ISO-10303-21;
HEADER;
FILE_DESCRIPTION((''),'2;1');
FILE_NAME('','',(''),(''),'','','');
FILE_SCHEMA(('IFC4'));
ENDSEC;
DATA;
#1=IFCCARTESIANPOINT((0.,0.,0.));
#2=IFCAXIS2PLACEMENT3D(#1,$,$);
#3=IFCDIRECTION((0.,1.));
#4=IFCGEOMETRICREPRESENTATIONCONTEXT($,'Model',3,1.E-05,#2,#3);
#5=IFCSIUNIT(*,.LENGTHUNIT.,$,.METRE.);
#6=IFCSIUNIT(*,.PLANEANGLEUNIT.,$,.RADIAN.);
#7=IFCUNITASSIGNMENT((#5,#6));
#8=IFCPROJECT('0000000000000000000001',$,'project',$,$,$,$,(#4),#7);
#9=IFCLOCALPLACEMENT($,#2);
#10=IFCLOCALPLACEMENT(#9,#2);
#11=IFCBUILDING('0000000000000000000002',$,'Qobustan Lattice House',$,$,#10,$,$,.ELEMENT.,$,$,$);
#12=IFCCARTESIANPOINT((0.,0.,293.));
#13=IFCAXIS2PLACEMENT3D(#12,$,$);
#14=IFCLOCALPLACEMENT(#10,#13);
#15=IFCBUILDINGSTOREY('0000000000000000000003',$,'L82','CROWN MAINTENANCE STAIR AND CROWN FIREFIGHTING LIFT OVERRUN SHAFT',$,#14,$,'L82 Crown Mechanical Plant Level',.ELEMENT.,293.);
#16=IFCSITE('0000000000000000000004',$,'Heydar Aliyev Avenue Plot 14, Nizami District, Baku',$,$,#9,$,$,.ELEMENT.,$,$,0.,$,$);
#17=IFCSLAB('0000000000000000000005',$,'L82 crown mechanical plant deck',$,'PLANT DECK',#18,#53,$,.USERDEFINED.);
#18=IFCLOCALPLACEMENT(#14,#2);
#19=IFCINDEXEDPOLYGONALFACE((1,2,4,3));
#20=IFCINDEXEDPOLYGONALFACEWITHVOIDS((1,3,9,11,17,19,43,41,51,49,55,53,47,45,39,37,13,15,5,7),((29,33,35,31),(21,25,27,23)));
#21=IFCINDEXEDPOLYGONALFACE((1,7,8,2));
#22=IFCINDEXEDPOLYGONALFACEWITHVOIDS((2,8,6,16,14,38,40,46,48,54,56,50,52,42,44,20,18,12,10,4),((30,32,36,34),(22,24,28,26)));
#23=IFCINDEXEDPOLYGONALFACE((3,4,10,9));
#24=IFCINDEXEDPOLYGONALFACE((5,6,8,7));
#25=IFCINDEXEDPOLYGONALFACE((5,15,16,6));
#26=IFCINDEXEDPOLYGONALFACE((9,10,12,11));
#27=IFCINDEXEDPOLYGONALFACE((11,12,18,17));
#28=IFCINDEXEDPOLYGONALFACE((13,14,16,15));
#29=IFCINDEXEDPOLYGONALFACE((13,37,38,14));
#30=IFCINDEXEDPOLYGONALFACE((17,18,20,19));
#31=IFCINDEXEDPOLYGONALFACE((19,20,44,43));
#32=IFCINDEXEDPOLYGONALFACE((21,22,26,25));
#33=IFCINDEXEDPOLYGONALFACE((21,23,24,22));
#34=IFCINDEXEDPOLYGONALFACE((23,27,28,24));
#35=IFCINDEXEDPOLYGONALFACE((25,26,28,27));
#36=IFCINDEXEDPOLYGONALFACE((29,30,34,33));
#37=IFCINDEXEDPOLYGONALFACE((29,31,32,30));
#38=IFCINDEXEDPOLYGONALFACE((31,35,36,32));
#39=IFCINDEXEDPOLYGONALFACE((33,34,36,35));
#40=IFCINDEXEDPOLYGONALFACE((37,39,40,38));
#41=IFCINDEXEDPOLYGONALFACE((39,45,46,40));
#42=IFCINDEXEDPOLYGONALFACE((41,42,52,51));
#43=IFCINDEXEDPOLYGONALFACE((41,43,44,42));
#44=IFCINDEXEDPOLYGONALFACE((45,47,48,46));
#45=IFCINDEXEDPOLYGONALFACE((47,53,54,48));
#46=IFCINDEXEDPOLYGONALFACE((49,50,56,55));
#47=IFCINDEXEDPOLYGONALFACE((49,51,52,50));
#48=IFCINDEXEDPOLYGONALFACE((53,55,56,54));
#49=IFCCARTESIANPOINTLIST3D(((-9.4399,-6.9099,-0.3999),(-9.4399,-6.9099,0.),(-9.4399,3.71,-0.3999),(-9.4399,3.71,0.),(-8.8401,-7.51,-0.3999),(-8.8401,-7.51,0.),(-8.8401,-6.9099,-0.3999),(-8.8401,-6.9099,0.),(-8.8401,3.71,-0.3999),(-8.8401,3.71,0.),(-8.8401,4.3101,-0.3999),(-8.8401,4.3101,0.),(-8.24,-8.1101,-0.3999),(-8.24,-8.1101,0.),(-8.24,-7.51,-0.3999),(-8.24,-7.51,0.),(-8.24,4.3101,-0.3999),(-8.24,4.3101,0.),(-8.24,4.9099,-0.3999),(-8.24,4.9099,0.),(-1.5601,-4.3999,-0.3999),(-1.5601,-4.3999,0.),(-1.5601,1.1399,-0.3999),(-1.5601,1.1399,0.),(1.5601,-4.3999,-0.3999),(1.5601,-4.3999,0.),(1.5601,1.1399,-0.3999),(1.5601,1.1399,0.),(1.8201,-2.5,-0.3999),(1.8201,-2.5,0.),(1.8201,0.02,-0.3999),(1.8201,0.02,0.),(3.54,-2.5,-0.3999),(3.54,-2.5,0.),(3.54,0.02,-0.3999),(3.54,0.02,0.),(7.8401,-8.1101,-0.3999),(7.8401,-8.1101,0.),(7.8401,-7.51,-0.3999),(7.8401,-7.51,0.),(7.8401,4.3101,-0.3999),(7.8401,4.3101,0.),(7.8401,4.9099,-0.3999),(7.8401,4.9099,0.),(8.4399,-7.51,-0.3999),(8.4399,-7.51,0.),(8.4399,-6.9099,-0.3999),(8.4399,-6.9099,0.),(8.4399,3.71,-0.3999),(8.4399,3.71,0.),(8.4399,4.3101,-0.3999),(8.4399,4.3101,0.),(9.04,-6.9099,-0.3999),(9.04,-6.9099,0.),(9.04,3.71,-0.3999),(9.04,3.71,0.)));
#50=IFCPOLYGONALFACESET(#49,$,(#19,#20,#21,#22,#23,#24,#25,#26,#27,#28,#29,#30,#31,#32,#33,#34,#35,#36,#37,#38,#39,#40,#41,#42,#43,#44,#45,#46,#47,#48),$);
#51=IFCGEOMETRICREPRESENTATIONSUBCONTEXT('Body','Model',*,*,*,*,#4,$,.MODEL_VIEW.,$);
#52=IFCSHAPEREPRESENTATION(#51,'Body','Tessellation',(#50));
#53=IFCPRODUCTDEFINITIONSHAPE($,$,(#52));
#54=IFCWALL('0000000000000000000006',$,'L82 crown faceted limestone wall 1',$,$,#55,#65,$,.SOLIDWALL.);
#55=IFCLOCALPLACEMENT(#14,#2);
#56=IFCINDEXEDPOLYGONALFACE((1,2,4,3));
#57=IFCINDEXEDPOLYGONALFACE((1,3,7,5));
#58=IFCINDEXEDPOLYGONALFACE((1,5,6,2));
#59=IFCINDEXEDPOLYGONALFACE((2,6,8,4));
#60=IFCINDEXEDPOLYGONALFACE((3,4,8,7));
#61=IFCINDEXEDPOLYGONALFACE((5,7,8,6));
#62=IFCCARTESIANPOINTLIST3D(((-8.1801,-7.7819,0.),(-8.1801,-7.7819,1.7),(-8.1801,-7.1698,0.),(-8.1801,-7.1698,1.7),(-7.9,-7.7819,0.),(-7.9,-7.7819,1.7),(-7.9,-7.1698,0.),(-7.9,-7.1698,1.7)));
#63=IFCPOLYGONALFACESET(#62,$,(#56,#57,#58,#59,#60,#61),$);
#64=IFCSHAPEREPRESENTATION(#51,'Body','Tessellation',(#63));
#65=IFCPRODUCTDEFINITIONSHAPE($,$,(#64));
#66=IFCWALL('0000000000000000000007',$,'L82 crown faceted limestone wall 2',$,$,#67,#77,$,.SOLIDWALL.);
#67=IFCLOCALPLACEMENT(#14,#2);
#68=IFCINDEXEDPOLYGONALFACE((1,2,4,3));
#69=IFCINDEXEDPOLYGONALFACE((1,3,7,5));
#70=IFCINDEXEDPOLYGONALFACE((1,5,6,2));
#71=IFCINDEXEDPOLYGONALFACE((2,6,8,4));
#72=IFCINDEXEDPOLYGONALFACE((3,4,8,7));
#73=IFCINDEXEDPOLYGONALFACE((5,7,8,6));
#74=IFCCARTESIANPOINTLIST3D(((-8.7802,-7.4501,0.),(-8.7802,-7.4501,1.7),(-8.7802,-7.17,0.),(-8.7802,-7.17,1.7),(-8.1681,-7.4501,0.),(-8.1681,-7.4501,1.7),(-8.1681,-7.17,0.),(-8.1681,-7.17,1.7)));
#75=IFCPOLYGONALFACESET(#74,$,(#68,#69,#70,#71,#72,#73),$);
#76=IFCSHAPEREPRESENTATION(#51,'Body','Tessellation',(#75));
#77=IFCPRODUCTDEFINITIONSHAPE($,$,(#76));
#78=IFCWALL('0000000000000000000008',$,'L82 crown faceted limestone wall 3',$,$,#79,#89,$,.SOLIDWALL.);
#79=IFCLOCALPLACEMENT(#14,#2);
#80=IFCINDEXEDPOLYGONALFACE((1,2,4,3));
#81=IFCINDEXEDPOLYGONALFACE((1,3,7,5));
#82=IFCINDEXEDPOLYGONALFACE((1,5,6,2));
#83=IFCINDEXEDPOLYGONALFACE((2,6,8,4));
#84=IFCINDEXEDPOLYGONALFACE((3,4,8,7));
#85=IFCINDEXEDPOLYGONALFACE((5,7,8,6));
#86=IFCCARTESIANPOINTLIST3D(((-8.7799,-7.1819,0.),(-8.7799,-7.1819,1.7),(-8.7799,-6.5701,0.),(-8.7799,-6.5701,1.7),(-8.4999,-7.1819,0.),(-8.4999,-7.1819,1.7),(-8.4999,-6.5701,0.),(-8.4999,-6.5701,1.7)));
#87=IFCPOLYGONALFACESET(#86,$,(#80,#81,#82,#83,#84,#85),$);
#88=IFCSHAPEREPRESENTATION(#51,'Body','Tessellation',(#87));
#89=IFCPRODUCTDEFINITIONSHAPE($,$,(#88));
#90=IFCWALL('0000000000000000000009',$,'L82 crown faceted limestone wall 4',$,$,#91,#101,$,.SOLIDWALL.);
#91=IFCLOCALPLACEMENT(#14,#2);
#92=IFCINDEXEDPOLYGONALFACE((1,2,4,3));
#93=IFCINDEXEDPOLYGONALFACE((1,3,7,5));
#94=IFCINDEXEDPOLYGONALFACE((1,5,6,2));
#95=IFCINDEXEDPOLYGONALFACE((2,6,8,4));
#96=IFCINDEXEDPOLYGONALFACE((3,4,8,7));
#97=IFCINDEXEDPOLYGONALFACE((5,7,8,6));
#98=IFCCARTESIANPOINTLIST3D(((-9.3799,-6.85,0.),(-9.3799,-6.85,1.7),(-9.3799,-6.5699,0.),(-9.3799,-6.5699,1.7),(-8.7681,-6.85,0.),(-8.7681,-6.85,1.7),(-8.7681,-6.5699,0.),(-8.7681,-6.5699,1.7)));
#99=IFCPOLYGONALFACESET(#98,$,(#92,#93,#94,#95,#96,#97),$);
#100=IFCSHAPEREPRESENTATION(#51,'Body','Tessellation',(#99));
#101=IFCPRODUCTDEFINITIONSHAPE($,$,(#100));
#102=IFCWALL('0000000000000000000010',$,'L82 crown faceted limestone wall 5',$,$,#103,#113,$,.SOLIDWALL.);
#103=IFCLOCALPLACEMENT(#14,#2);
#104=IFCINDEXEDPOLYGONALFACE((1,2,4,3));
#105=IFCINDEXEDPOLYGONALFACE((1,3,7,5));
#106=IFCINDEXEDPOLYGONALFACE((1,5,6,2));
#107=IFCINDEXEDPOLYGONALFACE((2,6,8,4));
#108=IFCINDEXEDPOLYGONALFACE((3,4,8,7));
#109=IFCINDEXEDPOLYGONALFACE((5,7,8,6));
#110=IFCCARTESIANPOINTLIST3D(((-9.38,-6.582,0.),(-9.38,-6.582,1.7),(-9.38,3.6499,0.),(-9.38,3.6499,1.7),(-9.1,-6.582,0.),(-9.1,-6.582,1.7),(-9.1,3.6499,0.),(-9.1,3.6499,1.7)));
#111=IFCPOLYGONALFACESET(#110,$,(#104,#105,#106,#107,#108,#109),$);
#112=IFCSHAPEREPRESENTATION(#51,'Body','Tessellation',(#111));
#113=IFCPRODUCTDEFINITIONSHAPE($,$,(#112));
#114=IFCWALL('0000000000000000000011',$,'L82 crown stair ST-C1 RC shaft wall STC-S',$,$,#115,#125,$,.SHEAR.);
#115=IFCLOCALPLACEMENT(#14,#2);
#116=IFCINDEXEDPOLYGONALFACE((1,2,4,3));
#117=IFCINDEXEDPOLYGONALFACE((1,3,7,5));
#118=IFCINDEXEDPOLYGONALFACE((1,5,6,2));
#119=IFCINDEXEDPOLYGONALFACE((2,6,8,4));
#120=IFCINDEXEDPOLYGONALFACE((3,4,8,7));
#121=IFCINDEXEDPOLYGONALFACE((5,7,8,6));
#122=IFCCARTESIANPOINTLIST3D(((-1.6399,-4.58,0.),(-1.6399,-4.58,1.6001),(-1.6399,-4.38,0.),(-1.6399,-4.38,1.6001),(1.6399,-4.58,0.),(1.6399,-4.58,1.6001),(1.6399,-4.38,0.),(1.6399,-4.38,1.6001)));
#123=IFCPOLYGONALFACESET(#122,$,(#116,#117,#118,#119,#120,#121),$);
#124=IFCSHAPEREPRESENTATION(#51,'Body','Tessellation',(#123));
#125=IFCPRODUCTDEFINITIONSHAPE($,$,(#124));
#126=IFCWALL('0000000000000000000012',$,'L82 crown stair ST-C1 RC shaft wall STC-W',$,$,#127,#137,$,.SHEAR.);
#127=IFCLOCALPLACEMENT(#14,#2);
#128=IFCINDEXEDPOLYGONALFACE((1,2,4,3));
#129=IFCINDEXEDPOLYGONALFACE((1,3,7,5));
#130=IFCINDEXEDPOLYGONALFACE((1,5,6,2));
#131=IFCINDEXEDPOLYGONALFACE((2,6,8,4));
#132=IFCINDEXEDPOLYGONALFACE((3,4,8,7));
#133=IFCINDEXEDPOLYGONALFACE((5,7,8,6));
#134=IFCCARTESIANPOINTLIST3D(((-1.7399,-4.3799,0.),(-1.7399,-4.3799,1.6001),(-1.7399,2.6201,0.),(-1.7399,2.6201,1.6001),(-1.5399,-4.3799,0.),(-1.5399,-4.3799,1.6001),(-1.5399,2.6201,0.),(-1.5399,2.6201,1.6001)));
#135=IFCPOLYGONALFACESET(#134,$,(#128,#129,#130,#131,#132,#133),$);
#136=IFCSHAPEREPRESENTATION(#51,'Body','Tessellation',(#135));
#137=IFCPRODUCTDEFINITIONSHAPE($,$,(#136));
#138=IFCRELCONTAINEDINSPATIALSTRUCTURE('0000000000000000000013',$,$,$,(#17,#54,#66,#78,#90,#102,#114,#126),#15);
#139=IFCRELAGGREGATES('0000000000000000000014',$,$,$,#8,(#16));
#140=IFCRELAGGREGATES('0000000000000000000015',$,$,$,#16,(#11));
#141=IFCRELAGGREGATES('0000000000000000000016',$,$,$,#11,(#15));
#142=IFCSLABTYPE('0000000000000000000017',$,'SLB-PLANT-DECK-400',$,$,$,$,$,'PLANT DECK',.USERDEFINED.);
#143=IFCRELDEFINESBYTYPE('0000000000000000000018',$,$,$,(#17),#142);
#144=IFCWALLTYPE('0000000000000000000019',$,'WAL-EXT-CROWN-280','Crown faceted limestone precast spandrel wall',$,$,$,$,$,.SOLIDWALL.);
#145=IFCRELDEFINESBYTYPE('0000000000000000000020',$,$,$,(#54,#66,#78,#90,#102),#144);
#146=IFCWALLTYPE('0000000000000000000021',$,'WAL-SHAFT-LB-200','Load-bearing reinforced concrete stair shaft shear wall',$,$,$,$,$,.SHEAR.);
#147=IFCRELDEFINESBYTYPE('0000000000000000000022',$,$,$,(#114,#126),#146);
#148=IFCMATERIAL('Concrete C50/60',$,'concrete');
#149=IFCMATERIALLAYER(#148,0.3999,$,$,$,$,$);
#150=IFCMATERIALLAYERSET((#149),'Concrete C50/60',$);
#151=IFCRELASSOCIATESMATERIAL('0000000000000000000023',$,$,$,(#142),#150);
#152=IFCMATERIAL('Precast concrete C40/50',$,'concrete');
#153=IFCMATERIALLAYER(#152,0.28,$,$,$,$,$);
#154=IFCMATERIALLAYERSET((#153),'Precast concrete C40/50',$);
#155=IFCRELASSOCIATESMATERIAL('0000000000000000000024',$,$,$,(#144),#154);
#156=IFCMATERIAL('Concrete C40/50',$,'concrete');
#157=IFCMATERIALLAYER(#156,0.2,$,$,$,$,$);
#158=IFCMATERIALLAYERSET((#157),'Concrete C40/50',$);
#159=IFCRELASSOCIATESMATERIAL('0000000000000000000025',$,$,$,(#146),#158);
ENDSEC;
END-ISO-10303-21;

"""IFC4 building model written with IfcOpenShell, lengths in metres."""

from ifc_helpers import new_model, si_unit, direction, frame, frame_2d, origin, place, context, subcontext, project, spatial, polyline, rectangle, outline, extrude, material, layer, layer_set, type_object, element, save


model = new_model("IFC4")

# Units and contexts
model_context = context("Model", 3, precision=1e-05, world=origin(), true_north=direction((0.0, 1.0)))
body_context = subcontext(model_context, "Body", "Model", "MODEL_VIEW")
ifc_project = project(units=[si_unit("LENGTHUNIT", "METRE"), si_unit("PLANEANGLEUNIT", "RADIAN")], contexts=[model_context])

# Site, building, storey
site_placement = place(None, origin())
site = spatial("IfcSite", under=ifc_project, at=site_placement, Name="Heydar Aliyev Avenue Plot 14, Nizami District, Baku", CompositionType="ELEMENT", RefElevation=0.0)
building_placement = place(site_placement, origin())
building = spatial("IfcBuilding", under=site, at=building_placement, Name="Qobustan Lattice House", CompositionType="ELEMENT")
storey_placement = place(building_placement, frame((0.0, 0.0, 293.0)))
storey = spatial("IfcBuildingStorey", under=building, at=storey_placement, Name="L82", Description="CROWN MAINTENANCE STAIR AND CROWN FIREFIGHTING LIFT OVERRUN SHAFT", LongName="L82 Crown Mechanical Plant Level", CompositionType="ELEMENT", Elevation=293.0)

# Slab
ifc_material_1 = material(Name="Concrete C50/60", Category="concrete")
ifc_layer_1 = layer(ifc_material_1, 0.3999)
ifc_layer_set_1 = layer_set([ifc_layer_1], Name="Concrete C50/60")
slab_type_1 = type_object("IfcSlabType", Name="SLB-PLANT-DECK-400", ElementType="PLANT DECK", PredefinedType="USERDEFINED", material=ifc_layer_set_1)
slab_1_placement = place(storey_placement, frame((0.0, 0.0, -0.3999)))
element("IfcSlab", 1, at=slab_1_placement, inside=storey, type_object=slab_type_1, Name="L82 crown mechanical plant deck", ObjectType="PLANT DECK", PredefinedType="USERDEFINED", context=body_context, shape_type="SweptSolid", body=[
    extrude(outline(polyline([(-8.24, -8.1101), (7.8401, -8.1101), (7.8401, -7.51), (8.4399, -7.51), (8.4399, -6.9099), (9.04, -6.9099), (9.04, 3.71), (8.4399, 3.71), (8.4399, 4.3101), (7.8401, 4.3101), (7.8401, 4.9099), (-8.24, 4.9099), (-8.24, 4.3101), (-8.8401, 4.3101), (-8.8401, 3.71), (-9.4399, 3.71), (-9.4399, -6.9099), (-8.8401, -6.9099), (-8.8401, -7.51), (-8.24, -7.51), (-8.24, -8.1101)]), holes=[polyline([(-1.5601, -4.3999), (-1.5601, 1.1399), (1.5601, 1.1399), (1.5601, -4.3999), (-1.5601, -4.3999)]), polyline([(1.8201, -2.5), (1.8201, 0.02), (3.54, 0.02), (3.54, -2.5), (1.8201, -2.5)])]), origin(), (0.0, 0.0, 1.0), 0.3999),
])

# Walls
ifc_material_2 = material(Name="Precast concrete C40/50", Category="concrete")
ifc_layer_2 = layer(ifc_material_2, 0.28)
ifc_layer_set_2 = layer_set([ifc_layer_2], Name="Precast concrete C40/50")
wall_type_1 = type_object("IfcWallType", Name="WAL-EXT-CROWN-280", Description="Crown faceted limestone precast spandrel wall", PredefinedType="SOLIDWALL", material=ifc_layer_set_2)
for number, where, z_axis, x_axis, name in (
    (2, (-8.04, -7.782, 0.0), (0.0, 0.0, 1.0), (0.0, 1.0, 0.0), "L82 crown faceted limestone wall 1"),
    (3, (-8.168, -7.3101, 0.0), (0.0, 0.0, 1.0), (-1.0, 0.0, 0.0), "L82 crown faceted limestone wall 2"),
):
    element("IfcWall", number, at=place(storey_placement, frame(where, z_axis=z_axis, x_axis=x_axis)), inside=storey, type_object=wall_type_1, Name=name, PredefinedType="SOLIDWALL", context=body_context, shape_type="SweptSolid", body=[
        extrude(rectangle(XDim=0.6121, YDim=0.28, at=frame_2d((0.3062, 0.0))), origin(), (0.0, 0.0, 1.0), 1.7),
    ])
for number, where, z_axis, x_axis, name in (
    (4, (-8.6399, -7.1819, 0.0), (0.0, 0.0, 1.0), (0.0, 1.0, 0.0), "L82 crown faceted limestone wall 3"),
    (5, (-8.7681, -6.71, 0.0), (0.0, 0.0, 1.0), (-1.0, 0.0, 0.0), "L82 crown faceted limestone wall 4"),
):
    element("IfcWall", number, at=place(storey_placement, frame(where, z_axis=z_axis, x_axis=x_axis)), inside=storey, type_object=wall_type_1, Name=name, PredefinedType="SOLIDWALL", context=body_context, shape_type="SweptSolid", body=[
        extrude(rectangle(XDim=0.6118, YDim=0.28, at=frame_2d((0.3059, 0.0))), origin(), (0.0, 0.0, 1.0), 1.7),
    ])
wall_1_placement = place(storey_placement, frame((-9.24, -6.582, 0.0), z_axis=(0.0, 0.0, 1.0), x_axis=(0.0, 1.0, 0.0)))
element("IfcWall", 6, at=wall_1_placement, inside=storey, type_object=wall_type_1, Name="L82 crown faceted limestone wall 5", PredefinedType="SOLIDWALL", context=body_context, shape_type="SweptSolid", body=[
    extrude(rectangle(XDim=10.2319, YDim=0.28, at=frame_2d((5.116, 0.0))), origin(), (0.0, 0.0, 1.0), 1.7),
])
ifc_material_3 = material(Name="Concrete C40/50", Category="concrete")
ifc_layer_3 = layer(ifc_material_3, 0.2)
ifc_layer_set_3 = layer_set([ifc_layer_3], Name="Concrete C40/50")
wall_type_2 = type_object("IfcWallType", Name="WAL-SHAFT-LB-200", Description="Load-bearing reinforced concrete stair shaft shear wall", PredefinedType="SHEAR", material=ifc_layer_set_3)
wall_2_placement = place(storey_placement, frame((-1.6399, -4.48, 0.0), z_axis=(0.0, 0.0, 1.0), x_axis=(1.0, 0.0, 0.0)))
element("IfcWall", 7, at=wall_2_placement, inside=storey, type_object=wall_type_2, Name="L82 crown stair ST-C1 RC shaft wall STC-S", PredefinedType="SHEAR", context=body_context, shape_type="SweptSolid", body=[
    extrude(rectangle(XDim=3.2798, YDim=0.2, at=frame_2d((1.6399, 0.0))), origin(), (0.0, 0.0, 1.0), 1.6001),
])
wall_3_placement = place(storey_placement, frame((-1.6399, -4.3799, 0.0), z_axis=(0.0, 0.0, 1.0), x_axis=(0.0, 1.0, 0.0)))
element("IfcWall", 8, at=wall_3_placement, inside=storey, type_object=wall_type_2, Name="L82 crown stair ST-C1 RC shaft wall STC-W", PredefinedType="SHEAR", context=body_context, shape_type="SweptSolid", body=[
    extrude(rectangle(XDim=7.0, YDim=0.2, at=frame_2d((3.5, 0.0))), origin(), (0.0, 0.0, 1.0), 1.6001),
])

save(model, "model.ifc")
